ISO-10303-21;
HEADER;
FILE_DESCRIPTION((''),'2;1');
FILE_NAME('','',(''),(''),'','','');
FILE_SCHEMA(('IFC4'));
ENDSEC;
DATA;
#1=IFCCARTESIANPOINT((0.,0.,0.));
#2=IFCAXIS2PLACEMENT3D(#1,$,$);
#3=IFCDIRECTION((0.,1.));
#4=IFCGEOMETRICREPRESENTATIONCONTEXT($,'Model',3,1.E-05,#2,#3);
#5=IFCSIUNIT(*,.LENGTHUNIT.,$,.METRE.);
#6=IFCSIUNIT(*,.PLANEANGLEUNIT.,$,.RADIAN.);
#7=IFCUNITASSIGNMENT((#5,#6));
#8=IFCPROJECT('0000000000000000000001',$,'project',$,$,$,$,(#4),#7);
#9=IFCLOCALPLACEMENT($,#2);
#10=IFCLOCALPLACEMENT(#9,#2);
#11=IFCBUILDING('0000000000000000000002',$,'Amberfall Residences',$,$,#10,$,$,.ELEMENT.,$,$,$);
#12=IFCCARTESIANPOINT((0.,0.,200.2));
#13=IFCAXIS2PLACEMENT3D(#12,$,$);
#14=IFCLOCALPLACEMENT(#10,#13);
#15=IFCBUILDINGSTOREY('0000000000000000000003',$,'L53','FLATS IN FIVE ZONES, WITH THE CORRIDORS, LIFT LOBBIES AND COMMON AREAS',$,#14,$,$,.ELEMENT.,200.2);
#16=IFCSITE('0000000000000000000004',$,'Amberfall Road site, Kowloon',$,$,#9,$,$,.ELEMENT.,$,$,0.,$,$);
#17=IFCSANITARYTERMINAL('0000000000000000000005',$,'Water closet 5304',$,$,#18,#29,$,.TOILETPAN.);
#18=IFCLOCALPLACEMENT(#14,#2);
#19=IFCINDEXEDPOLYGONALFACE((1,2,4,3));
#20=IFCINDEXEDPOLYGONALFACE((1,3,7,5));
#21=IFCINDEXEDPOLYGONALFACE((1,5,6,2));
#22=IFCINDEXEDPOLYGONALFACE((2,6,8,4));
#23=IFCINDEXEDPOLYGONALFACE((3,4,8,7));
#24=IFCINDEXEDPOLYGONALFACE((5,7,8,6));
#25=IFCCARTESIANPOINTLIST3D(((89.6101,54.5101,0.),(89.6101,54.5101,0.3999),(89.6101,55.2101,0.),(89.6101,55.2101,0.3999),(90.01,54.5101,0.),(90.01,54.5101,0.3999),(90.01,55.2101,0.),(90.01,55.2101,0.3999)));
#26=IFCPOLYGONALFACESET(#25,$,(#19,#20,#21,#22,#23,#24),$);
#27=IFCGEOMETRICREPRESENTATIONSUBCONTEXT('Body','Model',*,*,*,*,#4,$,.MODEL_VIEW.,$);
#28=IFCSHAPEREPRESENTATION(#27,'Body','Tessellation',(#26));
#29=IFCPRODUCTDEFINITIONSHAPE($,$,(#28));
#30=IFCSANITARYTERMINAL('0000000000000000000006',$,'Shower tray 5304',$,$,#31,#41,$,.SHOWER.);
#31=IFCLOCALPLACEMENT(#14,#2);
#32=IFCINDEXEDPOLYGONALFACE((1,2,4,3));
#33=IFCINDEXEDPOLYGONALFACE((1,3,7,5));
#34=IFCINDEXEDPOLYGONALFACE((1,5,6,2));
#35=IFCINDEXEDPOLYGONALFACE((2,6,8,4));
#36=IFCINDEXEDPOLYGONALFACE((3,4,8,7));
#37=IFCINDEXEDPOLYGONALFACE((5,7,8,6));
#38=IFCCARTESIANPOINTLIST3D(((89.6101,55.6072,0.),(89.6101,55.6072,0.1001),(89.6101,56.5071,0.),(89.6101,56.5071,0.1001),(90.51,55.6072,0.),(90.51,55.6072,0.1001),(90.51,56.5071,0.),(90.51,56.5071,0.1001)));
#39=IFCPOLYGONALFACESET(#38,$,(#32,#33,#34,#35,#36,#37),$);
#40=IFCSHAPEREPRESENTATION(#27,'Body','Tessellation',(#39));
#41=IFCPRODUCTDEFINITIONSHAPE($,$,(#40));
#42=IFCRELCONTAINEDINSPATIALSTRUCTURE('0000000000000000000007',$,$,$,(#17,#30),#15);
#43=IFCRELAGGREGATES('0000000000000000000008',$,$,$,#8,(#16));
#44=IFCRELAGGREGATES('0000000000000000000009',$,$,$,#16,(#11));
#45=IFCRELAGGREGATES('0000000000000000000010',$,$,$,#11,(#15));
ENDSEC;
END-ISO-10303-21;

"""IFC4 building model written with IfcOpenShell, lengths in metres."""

from ifc_helpers import new_model, si_unit, direction, frame, origin, origin_2d, place, context, subcontext, project, spatial, rectangle, extrude, element, save


model = new_model("IFC4")

# Units and contexts
model_context = context("Model", 3, precision=1e-05, world=origin(), true_north=direction((0.0, 1.0)))
body_context = subcontext(model_context, "Body", "Model", "MODEL_VIEW")
ifc_project = project(units=[si_unit("LENGTHUNIT", "METRE"), si_unit("PLANEANGLEUNIT", "RADIAN")], contexts=[model_context])

# Site, building, storey
site_placement = place(None, origin())
site = spatial("IfcSite", under=ifc_project, at=site_placement, Name="Amberfall Road site, Kowloon", CompositionType="ELEMENT", RefElevation=0.0)
building_placement = place(site_placement, origin())
building = spatial("IfcBuilding", under=site, at=building_placement, Name="Amberfall Residences", CompositionType="ELEMENT")
storey_placement = place(building_placement, frame((0.0, 0.0, 200.2)))
storey = spatial("IfcBuildingStorey", under=building, at=storey_placement, Name="L53", Description="FLATS IN FIVE ZONES, WITH THE CORRIDORS, LIFT LOBBIES AND COMMON AREAS", CompositionType="ELEMENT", Elevation=200.2)

# Sanitary terminals
sanitary_terminal_1_placement = place(storey_placement, frame((89.8101, 54.8601, 0.0), z_axis=(0.0, 0.0, 1.0), x_axis=(1.0, 0.0, 0.0)))
element("IfcSanitaryTerminal", 1, at=sanitary_terminal_1_placement, inside=storey, Name="Water closet 5304", PredefinedType="TOILETPAN", context=body_context, shape_type="SweptSolid", body=[
    extrude(rectangle(XDim=0.3999, YDim=0.7, at=origin_2d()), origin(), (0.0, 0.0, 1.0), 0.3999),
])
sanitary_terminal_2_placement = place(storey_placement, frame((90.0601, 56.0571, 0.0), z_axis=(0.0, 0.0, 1.0), x_axis=(1.0, 0.0, 0.0)))
element("IfcSanitaryTerminal", 2, at=sanitary_terminal_2_placement, inside=storey, Name="Shower tray 5304", PredefinedType="SHOWER", context=body_context, shape_type="SweptSolid", body=[
    extrude(rectangle(XDim=0.8999, YDim=0.8999, at=origin_2d()), origin(), (0.0, 0.0, 1.0), 0.1001),
])

save(model, "model.ifc")
